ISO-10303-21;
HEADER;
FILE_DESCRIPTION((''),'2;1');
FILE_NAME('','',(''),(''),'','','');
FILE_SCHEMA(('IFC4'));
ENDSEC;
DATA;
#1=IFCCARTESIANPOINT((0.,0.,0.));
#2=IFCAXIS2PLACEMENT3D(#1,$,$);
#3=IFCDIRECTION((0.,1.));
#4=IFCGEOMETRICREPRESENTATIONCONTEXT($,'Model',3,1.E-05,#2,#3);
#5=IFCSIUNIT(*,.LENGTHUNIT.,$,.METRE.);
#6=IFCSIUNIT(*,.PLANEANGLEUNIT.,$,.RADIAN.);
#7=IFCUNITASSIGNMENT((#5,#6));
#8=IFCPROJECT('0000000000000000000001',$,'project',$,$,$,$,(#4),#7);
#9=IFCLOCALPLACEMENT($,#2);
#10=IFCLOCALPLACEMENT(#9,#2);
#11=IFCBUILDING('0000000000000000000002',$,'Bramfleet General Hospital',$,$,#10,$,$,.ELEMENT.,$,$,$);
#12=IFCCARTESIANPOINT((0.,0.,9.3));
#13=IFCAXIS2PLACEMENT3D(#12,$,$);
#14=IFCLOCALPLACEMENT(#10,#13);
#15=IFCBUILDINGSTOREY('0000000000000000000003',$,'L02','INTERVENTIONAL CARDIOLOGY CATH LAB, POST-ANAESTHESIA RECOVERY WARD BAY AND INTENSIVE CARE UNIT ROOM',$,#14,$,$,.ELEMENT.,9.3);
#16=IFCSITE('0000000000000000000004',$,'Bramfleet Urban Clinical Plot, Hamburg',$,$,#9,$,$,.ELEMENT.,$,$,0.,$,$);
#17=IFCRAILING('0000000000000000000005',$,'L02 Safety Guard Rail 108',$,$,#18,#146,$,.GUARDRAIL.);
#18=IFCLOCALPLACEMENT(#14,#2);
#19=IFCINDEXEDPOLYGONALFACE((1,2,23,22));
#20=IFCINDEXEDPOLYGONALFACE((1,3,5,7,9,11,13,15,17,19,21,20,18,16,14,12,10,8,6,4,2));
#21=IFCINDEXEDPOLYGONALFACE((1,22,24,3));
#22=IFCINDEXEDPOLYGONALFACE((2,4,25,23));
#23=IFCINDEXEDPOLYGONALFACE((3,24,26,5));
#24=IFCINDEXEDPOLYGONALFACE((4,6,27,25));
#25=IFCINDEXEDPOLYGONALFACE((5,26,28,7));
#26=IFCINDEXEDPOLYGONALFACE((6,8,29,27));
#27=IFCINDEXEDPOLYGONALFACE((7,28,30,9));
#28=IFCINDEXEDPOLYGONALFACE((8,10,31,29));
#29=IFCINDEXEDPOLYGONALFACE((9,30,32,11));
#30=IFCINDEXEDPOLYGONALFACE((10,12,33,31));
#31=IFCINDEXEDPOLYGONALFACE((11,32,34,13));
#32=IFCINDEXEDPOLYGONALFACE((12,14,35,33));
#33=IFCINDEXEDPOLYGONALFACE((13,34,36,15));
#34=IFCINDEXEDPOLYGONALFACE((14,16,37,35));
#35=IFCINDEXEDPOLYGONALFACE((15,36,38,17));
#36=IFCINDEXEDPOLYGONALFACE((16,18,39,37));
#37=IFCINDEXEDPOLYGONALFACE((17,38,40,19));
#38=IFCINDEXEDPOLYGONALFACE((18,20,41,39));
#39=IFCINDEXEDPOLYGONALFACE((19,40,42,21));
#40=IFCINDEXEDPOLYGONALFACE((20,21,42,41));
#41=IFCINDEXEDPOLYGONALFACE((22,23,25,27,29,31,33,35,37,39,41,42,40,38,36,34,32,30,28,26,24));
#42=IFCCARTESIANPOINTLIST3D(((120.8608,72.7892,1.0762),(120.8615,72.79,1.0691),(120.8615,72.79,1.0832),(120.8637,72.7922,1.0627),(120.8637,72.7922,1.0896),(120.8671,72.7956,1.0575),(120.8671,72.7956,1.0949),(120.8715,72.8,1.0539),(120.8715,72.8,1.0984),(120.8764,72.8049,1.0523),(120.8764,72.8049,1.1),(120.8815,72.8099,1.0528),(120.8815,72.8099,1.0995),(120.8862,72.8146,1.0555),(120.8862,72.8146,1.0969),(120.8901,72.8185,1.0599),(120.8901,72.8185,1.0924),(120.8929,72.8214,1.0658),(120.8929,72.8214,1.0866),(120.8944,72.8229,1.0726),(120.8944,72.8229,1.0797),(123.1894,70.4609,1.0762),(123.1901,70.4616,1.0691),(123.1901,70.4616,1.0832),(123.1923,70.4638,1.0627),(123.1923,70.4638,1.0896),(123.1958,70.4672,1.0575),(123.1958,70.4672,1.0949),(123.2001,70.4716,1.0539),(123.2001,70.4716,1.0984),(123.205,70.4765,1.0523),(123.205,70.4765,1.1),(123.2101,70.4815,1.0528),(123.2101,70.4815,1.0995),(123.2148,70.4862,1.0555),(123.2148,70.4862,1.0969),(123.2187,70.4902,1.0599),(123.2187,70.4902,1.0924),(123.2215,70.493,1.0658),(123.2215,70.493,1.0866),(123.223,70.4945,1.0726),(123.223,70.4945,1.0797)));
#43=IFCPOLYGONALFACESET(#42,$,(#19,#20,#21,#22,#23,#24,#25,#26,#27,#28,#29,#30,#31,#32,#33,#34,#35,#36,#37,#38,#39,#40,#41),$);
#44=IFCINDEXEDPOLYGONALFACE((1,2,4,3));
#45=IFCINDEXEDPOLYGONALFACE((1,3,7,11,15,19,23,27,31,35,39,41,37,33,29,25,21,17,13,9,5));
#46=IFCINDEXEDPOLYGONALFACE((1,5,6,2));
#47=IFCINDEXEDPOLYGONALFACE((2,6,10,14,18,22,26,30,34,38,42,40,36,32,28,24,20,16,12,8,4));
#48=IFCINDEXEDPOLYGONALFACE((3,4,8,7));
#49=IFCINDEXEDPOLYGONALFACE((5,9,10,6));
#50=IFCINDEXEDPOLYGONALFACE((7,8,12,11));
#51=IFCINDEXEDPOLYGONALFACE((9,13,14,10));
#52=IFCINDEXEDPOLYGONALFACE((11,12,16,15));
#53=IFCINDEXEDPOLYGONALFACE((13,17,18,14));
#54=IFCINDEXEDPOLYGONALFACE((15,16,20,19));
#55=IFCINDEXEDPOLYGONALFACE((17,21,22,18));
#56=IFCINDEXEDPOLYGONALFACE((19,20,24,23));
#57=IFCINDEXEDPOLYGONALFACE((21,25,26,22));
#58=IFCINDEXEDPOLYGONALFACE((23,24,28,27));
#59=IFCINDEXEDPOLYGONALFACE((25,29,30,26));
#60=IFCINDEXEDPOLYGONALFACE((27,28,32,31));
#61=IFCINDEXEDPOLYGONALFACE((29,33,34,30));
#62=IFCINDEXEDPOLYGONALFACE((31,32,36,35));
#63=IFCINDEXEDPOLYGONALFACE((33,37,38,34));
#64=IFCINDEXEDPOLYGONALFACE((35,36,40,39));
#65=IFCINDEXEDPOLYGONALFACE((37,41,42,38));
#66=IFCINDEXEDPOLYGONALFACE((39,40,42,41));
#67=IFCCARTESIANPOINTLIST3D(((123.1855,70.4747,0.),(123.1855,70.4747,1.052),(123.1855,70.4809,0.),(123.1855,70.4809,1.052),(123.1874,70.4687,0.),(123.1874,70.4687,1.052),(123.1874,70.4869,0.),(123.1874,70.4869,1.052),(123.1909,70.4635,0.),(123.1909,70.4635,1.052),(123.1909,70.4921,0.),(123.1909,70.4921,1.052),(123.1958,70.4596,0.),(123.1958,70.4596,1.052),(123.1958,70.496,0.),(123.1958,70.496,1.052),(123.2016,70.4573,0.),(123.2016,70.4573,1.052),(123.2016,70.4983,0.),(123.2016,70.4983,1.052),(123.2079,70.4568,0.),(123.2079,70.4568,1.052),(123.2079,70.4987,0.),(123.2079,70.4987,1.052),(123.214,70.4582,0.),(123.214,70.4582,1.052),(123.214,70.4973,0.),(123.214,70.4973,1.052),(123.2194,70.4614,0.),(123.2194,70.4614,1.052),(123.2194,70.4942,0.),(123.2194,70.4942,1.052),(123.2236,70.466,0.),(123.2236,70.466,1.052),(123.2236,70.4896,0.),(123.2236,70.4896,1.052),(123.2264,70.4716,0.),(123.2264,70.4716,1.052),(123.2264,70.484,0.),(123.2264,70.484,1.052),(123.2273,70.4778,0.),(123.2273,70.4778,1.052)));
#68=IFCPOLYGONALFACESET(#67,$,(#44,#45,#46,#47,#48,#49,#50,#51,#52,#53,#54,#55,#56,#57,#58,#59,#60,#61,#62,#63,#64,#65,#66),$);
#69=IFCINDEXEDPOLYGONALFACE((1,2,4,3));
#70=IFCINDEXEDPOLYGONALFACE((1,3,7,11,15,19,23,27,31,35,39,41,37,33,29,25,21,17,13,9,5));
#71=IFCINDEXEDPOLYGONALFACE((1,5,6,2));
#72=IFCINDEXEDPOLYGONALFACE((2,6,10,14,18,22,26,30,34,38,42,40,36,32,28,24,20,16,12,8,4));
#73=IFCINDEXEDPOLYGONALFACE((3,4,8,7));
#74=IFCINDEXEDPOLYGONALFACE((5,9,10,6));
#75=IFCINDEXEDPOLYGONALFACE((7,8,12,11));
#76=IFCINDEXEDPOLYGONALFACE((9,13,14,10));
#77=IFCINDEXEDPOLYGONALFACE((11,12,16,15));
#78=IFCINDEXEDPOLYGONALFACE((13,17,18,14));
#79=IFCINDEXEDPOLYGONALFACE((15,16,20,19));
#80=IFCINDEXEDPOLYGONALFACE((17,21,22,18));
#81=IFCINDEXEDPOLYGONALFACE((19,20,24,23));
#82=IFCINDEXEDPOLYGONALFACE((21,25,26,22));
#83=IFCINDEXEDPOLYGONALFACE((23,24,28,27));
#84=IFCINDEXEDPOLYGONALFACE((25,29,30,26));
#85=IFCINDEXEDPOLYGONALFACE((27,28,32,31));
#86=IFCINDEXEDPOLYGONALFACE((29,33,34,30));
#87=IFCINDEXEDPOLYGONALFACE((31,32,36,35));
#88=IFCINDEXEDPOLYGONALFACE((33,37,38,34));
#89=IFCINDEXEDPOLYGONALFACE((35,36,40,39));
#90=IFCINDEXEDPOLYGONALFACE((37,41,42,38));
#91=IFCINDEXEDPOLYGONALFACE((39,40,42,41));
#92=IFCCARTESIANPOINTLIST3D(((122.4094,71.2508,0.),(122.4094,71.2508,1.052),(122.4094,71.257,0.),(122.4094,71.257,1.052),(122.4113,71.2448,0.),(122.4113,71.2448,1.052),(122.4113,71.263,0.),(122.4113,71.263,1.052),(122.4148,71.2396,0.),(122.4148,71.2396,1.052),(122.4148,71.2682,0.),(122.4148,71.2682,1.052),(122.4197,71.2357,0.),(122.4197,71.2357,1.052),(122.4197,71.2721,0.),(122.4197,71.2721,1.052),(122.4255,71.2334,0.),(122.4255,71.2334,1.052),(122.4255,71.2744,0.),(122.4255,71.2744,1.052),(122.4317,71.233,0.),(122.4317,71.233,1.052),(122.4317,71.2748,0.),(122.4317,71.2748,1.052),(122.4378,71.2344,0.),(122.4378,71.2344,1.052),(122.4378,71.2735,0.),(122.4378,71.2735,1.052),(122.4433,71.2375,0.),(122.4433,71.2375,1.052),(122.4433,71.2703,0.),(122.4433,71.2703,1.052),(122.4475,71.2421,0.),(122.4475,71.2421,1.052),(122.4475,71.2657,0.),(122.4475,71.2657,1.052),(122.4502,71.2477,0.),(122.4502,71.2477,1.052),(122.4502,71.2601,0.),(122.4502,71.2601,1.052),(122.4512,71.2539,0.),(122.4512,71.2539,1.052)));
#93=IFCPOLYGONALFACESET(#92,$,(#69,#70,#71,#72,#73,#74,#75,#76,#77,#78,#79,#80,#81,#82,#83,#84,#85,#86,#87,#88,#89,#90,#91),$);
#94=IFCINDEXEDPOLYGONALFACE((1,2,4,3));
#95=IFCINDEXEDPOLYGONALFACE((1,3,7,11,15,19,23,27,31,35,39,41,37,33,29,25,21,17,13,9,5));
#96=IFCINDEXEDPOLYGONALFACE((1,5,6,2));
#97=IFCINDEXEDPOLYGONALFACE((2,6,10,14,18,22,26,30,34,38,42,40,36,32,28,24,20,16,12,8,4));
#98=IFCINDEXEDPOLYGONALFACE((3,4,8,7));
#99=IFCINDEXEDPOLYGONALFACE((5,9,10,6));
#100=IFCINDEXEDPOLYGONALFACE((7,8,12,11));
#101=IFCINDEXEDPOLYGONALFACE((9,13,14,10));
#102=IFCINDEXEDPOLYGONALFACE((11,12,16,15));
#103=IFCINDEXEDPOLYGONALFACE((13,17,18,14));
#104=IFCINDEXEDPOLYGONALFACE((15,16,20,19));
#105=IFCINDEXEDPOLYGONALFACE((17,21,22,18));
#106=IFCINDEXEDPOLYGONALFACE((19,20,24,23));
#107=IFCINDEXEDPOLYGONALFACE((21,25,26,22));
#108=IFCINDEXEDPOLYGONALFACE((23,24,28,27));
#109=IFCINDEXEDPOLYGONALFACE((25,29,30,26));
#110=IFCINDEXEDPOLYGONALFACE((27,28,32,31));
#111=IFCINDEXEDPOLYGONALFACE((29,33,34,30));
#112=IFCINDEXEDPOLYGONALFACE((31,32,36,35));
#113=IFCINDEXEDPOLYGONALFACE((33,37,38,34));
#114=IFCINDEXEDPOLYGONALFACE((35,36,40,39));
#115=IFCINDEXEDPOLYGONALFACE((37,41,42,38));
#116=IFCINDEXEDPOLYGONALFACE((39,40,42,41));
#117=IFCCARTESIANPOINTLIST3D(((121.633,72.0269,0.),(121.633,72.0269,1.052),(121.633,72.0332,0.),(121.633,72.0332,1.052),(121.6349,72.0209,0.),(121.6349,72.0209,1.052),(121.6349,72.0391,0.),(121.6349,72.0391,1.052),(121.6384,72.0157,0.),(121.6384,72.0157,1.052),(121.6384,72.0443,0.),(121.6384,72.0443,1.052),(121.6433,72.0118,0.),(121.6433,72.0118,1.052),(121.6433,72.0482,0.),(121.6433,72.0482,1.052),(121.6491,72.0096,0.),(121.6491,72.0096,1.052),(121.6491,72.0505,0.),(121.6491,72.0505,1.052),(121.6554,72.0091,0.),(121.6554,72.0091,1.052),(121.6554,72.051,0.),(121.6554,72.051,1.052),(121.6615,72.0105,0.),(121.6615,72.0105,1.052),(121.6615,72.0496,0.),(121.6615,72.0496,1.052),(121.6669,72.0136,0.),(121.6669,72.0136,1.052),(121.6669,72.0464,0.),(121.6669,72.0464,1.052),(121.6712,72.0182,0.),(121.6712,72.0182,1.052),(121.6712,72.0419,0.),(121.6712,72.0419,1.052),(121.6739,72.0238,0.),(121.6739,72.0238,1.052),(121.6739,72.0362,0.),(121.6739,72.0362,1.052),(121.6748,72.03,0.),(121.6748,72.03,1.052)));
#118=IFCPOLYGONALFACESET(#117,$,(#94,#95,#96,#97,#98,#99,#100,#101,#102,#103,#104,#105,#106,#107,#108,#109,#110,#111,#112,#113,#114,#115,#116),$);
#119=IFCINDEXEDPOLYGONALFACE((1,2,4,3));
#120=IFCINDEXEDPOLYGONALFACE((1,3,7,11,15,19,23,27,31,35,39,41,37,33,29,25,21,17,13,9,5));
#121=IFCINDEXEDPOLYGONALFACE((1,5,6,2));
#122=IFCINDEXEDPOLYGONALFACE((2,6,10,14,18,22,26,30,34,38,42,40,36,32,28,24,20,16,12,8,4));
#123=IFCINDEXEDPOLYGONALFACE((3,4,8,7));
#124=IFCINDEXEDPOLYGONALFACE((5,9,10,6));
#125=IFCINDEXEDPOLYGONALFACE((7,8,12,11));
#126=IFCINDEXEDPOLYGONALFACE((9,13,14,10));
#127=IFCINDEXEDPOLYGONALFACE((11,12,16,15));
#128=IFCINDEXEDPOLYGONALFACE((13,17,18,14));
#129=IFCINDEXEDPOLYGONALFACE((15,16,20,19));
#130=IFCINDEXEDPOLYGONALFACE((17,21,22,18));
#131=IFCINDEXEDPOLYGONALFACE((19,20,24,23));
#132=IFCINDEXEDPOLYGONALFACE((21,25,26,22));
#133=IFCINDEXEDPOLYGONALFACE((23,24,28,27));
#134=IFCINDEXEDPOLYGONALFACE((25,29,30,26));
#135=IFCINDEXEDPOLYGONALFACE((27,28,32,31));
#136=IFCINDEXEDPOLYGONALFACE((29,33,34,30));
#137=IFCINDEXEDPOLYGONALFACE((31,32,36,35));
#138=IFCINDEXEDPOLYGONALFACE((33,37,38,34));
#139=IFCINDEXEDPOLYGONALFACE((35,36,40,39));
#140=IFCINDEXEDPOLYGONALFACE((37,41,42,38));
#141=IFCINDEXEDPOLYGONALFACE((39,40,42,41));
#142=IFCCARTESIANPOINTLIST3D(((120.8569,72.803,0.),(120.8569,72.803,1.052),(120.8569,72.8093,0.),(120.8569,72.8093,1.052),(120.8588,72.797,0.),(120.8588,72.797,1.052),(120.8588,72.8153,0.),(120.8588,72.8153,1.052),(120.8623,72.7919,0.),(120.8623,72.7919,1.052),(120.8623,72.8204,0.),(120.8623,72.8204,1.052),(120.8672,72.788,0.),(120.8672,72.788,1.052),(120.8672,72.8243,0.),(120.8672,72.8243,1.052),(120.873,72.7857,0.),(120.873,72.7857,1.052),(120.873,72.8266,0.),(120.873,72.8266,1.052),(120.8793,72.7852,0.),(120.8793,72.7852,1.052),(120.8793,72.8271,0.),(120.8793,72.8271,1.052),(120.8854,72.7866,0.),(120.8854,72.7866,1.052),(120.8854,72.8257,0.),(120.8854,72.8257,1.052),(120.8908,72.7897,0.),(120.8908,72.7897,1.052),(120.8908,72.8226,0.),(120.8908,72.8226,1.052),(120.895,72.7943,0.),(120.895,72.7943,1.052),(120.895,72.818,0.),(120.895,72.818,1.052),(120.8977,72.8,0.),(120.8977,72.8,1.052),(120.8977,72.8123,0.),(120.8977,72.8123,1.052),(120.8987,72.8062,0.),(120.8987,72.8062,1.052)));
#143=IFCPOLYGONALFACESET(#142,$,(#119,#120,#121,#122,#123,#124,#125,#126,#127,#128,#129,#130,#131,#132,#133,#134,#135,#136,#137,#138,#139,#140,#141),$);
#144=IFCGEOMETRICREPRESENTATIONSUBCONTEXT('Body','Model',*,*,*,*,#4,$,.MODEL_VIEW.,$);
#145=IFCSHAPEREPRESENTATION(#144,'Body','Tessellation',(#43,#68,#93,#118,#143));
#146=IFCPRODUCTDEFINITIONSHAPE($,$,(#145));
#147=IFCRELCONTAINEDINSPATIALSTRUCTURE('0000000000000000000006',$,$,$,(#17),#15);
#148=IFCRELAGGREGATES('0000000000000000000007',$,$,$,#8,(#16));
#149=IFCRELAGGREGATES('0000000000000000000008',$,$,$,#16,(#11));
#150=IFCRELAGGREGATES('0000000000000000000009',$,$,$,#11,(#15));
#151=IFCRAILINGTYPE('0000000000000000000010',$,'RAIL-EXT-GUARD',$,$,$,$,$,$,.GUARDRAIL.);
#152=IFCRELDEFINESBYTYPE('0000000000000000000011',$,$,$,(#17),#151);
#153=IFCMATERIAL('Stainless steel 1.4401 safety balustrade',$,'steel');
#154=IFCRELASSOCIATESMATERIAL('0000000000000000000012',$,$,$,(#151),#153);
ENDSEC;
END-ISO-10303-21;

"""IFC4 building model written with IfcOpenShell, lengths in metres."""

from ifc_helpers import new_model, si_unit, direction, frame, origin, origin_2d, place, context, subcontext, project, spatial, circle, extrude, material, type_object, element, save


model = new_model("IFC4")

# Units and contexts
model_context = context("Model", 3, precision=1e-05, world=origin(), true_north=direction((0.0, 1.0)))
body_context = subcontext(model_context, "Body", "Model", "MODEL_VIEW")
ifc_project = project(units=[si_unit("LENGTHUNIT", "METRE"), si_unit("PLANEANGLEUNIT", "RADIAN")], contexts=[model_context])

# Site, building, storey
site_placement = place(None, origin())
site = spatial("IfcSite", under=ifc_project, at=site_placement, Name="Bramfleet Urban Clinical Plot, Hamburg", CompositionType="ELEMENT", RefElevation=0.0)
building_placement = place(site_placement, origin())
building = spatial("IfcBuilding", under=site, at=building_placement, Name="Bramfleet General Hospital", CompositionType="ELEMENT")
storey_placement = place(building_placement, frame((0.0, 0.0, 9.3)))
storey = spatial("IfcBuildingStorey", under=building, at=storey_placement, Name="L02", Description="INTERVENTIONAL CARDIOLOGY CATH LAB, POST-ANAESTHESIA RECOVERY WARD BAY AND INTENSIVE CARE UNIT ROOM", CompositionType="ELEMENT", Elevation=9.3)

# Railing
ifc_material_1 = material(Name="Stainless steel 1.4401 safety balustrade", Category="steel")
railing_type = type_object("IfcRailingType", Name="RAIL-EXT-GUARD", PredefinedType="GUARDRAIL", material=ifc_material_1)
railing_1_placement = place(storey_placement, frame((123.2063, 70.4778, 0.0)))
element("IfcRailing", 1, at=railing_1_placement, inside=storey, type_object=railing_type, Name="L02 Safety Guard Rail 108", PredefinedType="GUARDRAIL", context=body_context, shape_type="SweptSolid", body=[
    extrude(circle(Radius=0.0239, at=origin_2d()), frame((0.0, 0.0, 1.0762), z_axis=(-0.707144, 0.70707, 0.0), x_axis=(-0.70707, -0.707144, 0.0)), (0.0, 0.0, 1.0), 3.293),
    extrude(circle(Radius=0.021, at=origin_2d()), origin(), (0.0, 0.0, 1.0), 1.052),
    extrude(circle(Radius=0.021, at=origin_2d()), frame((-0.7761, 0.7761, 0.0)), (0.0, 0.0, 1.0), 1.052),
    extrude(circle(Radius=0.021, at=origin_2d()), frame((-1.5525, 1.5522, 0.0)), (0.0, 0.0, 1.0), 1.052),
    extrude(circle(Radius=0.021, at=origin_2d()), frame((-2.3286, 2.3284, 0.0)), (0.0, 0.0, 1.0), 1.052),
])

save(model, "model.ifc")
